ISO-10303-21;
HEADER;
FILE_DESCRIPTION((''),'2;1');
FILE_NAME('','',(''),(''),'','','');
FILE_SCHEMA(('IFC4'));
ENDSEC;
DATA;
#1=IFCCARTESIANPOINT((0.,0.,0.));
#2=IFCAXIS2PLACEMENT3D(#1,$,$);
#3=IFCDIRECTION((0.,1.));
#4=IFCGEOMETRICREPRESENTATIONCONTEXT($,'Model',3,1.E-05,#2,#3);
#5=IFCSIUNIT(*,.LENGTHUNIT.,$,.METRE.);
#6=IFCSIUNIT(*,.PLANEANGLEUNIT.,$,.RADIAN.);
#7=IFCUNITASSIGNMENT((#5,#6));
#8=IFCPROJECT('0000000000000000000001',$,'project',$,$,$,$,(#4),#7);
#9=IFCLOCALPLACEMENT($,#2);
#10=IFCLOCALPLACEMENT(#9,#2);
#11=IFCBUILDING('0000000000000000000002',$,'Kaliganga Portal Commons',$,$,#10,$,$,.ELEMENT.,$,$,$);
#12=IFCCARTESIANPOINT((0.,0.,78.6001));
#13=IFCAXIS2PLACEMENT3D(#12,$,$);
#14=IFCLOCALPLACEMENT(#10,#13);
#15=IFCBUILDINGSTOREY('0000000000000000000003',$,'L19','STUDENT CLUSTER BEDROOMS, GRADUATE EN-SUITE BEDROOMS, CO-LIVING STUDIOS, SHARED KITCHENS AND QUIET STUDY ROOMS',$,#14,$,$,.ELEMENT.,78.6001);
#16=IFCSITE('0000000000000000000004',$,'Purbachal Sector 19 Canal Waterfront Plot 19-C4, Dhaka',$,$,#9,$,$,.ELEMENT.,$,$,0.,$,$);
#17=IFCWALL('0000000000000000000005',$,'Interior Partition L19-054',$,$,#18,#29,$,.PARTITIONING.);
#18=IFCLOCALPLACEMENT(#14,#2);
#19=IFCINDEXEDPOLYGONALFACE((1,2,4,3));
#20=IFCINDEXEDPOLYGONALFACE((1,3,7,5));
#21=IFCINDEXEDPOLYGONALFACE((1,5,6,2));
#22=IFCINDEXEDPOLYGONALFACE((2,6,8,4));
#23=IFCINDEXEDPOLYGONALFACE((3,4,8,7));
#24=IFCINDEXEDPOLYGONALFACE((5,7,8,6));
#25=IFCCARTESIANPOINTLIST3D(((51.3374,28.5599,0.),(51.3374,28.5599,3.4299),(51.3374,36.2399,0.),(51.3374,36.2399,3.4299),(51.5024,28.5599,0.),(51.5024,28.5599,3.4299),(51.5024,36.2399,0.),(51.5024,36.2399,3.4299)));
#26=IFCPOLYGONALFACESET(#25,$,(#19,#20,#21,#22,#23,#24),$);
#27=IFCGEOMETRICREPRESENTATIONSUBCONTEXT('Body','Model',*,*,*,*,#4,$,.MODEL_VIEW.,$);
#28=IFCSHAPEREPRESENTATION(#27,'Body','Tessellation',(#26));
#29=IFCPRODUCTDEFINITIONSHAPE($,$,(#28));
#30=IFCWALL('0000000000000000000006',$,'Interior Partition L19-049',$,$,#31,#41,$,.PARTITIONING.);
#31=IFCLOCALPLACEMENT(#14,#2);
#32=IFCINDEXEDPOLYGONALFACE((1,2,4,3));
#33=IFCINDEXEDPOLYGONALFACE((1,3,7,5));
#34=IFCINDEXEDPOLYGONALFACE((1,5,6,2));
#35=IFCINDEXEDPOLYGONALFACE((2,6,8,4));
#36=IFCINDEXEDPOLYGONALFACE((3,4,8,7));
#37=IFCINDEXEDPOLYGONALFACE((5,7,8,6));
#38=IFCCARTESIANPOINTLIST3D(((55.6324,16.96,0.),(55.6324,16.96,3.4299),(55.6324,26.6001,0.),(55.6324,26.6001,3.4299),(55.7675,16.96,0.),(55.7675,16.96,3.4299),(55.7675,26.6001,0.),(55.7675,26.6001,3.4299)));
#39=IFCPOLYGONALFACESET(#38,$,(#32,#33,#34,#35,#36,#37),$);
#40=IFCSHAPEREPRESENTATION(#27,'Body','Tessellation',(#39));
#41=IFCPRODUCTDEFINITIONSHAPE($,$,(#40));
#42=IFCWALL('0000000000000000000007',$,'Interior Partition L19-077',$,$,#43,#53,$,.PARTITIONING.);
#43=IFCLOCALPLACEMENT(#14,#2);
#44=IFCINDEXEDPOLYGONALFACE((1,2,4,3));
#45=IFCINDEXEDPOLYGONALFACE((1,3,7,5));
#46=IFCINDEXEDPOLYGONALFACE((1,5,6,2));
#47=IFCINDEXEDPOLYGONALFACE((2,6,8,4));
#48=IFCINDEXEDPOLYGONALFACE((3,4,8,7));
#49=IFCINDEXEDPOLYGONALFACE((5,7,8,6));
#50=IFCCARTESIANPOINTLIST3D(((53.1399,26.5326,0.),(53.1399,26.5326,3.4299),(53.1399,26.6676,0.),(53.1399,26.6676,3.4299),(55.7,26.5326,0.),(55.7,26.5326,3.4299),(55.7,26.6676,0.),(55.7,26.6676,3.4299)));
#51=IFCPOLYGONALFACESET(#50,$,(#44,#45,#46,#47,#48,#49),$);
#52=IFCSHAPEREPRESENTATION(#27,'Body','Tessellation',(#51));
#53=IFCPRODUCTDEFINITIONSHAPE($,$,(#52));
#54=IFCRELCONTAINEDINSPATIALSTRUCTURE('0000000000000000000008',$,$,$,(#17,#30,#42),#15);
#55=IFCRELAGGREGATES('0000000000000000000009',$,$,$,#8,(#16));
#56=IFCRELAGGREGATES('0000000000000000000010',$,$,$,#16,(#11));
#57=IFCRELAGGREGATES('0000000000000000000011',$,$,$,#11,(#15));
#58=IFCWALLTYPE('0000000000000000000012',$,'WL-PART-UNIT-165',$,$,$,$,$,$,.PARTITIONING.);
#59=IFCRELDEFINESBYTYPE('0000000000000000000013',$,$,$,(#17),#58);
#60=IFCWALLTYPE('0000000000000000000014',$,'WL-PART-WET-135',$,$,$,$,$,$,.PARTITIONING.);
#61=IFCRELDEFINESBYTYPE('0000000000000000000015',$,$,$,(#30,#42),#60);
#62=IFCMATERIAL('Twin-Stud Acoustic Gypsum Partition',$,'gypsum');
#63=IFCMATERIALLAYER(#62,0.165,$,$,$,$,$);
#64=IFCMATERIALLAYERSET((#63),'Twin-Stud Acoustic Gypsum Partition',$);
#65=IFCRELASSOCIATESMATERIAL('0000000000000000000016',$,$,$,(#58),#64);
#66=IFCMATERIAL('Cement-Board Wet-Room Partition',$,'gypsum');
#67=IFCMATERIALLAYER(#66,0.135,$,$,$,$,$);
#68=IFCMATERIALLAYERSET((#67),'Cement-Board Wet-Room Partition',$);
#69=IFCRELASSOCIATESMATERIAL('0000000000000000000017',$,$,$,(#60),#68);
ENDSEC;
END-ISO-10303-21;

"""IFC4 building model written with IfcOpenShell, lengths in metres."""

from ifc_helpers import new_model, si_unit, direction, frame, frame_2d, origin, place, context, subcontext, project, spatial, rectangle, extrude, material, layer, layer_set, type_object, element, save


model = new_model("IFC4")

# Units and contexts
model_context = context("Model", 3, precision=1e-05, world=origin(), true_north=direction((0.0, 1.0)))
body_context = subcontext(model_context, "Body", "Model", "MODEL_VIEW")
ifc_project = project(units=[si_unit("LENGTHUNIT", "METRE"), si_unit("PLANEANGLEUNIT", "RADIAN")], contexts=[model_context])

# Site, building, storey
site_placement = place(None, origin())
site = spatial("IfcSite", under=ifc_project, at=site_placement, Name="Purbachal Sector 19 Canal Waterfront Plot 19-C4, Dhaka", CompositionType="ELEMENT", RefElevation=0.0)
building_placement = place(site_placement, origin())
building = spatial("IfcBuilding", under=site, at=building_placement, Name="Kaliganga Portal Commons", CompositionType="ELEMENT")
storey_placement = place(building_placement, frame((0.0, 0.0, 78.6001)))
storey = spatial("IfcBuildingStorey", under=building, at=storey_placement, Name="L19", Description="STUDENT CLUSTER BEDROOMS, GRADUATE EN-SUITE BEDROOMS, CO-LIVING STUDIOS, SHARED KITCHENS AND QUIET STUDY ROOMS", CompositionType="ELEMENT", Elevation=78.6001)

# Walls
ifc_material_1 = material(Name="Twin-Stud Acoustic Gypsum Partition", Category="gypsum")
ifc_layer_1 = layer(ifc_material_1, 0.165)
ifc_layer_set_1 = layer_set([ifc_layer_1], Name="Twin-Stud Acoustic Gypsum Partition")
wall_type_1 = type_object("IfcWallType", Name="WL-PART-UNIT-165", PredefinedType="PARTITIONING", material=ifc_layer_set_1)
wall_1_placement = place(storey_placement, frame((51.4199, 28.5601, 0.0), z_axis=(0.0, 0.0, 1.0), x_axis=(0.0, 1.0, 0.0)))
element("IfcWall", 1, at=wall_1_placement, inside=storey, type_object=wall_type_1, Name="Interior Partition L19-054", PredefinedType="PARTITIONING", context=body_context, shape_type="SweptSolid", body=[
    extrude(rectangle(XDim=7.6799, YDim=0.165, at=frame_2d((3.8398, 0.0))), origin(), (0.0, 0.0, 1.0), 3.4299),
])
ifc_material_2 = material(Name="Cement-Board Wet-Room Partition", Category="gypsum")
ifc_layer_2 = layer(ifc_material_2, 0.135)
ifc_layer_set_2 = layer_set([ifc_layer_2], Name="Cement-Board Wet-Room Partition")
wall_type_2 = type_object("IfcWallType", Name="WL-PART-WET-135", PredefinedType="PARTITIONING", material=ifc_layer_set_2)
wall_2_placement = place(storey_placement, frame((55.7, 16.96, 0.0), z_axis=(0.0, 0.0, 1.0), x_axis=(0.0, 1.0, 0.0)))
element("IfcWall", 2, at=wall_2_placement, inside=storey, type_object=wall_type_2, Name="Interior Partition L19-049", PredefinedType="PARTITIONING", context=body_context, shape_type="SweptSolid", body=[
    extrude(rectangle(XDim=9.6401, YDim=0.135, at=frame_2d((4.8201, 0.0))), origin(), (0.0, 0.0, 1.0), 3.4299),
])
wall_3_placement = place(storey_placement, frame((53.1399, 26.6001, 0.0), z_axis=(0.0, 0.0, 1.0), x_axis=(1.0, 0.0, 0.0)))
element("IfcWall", 3, at=wall_3_placement, inside=storey, type_object=wall_type_2, Name="Interior Partition L19-077", PredefinedType="PARTITIONING", context=body_context, shape_type="SweptSolid", body=[
    extrude(rectangle(XDim=2.5601, YDim=0.135, at=frame_2d((1.28, 0.0))), origin(), (0.0, 0.0, 1.0), 3.4299),
])

save(model, "model.ifc")
